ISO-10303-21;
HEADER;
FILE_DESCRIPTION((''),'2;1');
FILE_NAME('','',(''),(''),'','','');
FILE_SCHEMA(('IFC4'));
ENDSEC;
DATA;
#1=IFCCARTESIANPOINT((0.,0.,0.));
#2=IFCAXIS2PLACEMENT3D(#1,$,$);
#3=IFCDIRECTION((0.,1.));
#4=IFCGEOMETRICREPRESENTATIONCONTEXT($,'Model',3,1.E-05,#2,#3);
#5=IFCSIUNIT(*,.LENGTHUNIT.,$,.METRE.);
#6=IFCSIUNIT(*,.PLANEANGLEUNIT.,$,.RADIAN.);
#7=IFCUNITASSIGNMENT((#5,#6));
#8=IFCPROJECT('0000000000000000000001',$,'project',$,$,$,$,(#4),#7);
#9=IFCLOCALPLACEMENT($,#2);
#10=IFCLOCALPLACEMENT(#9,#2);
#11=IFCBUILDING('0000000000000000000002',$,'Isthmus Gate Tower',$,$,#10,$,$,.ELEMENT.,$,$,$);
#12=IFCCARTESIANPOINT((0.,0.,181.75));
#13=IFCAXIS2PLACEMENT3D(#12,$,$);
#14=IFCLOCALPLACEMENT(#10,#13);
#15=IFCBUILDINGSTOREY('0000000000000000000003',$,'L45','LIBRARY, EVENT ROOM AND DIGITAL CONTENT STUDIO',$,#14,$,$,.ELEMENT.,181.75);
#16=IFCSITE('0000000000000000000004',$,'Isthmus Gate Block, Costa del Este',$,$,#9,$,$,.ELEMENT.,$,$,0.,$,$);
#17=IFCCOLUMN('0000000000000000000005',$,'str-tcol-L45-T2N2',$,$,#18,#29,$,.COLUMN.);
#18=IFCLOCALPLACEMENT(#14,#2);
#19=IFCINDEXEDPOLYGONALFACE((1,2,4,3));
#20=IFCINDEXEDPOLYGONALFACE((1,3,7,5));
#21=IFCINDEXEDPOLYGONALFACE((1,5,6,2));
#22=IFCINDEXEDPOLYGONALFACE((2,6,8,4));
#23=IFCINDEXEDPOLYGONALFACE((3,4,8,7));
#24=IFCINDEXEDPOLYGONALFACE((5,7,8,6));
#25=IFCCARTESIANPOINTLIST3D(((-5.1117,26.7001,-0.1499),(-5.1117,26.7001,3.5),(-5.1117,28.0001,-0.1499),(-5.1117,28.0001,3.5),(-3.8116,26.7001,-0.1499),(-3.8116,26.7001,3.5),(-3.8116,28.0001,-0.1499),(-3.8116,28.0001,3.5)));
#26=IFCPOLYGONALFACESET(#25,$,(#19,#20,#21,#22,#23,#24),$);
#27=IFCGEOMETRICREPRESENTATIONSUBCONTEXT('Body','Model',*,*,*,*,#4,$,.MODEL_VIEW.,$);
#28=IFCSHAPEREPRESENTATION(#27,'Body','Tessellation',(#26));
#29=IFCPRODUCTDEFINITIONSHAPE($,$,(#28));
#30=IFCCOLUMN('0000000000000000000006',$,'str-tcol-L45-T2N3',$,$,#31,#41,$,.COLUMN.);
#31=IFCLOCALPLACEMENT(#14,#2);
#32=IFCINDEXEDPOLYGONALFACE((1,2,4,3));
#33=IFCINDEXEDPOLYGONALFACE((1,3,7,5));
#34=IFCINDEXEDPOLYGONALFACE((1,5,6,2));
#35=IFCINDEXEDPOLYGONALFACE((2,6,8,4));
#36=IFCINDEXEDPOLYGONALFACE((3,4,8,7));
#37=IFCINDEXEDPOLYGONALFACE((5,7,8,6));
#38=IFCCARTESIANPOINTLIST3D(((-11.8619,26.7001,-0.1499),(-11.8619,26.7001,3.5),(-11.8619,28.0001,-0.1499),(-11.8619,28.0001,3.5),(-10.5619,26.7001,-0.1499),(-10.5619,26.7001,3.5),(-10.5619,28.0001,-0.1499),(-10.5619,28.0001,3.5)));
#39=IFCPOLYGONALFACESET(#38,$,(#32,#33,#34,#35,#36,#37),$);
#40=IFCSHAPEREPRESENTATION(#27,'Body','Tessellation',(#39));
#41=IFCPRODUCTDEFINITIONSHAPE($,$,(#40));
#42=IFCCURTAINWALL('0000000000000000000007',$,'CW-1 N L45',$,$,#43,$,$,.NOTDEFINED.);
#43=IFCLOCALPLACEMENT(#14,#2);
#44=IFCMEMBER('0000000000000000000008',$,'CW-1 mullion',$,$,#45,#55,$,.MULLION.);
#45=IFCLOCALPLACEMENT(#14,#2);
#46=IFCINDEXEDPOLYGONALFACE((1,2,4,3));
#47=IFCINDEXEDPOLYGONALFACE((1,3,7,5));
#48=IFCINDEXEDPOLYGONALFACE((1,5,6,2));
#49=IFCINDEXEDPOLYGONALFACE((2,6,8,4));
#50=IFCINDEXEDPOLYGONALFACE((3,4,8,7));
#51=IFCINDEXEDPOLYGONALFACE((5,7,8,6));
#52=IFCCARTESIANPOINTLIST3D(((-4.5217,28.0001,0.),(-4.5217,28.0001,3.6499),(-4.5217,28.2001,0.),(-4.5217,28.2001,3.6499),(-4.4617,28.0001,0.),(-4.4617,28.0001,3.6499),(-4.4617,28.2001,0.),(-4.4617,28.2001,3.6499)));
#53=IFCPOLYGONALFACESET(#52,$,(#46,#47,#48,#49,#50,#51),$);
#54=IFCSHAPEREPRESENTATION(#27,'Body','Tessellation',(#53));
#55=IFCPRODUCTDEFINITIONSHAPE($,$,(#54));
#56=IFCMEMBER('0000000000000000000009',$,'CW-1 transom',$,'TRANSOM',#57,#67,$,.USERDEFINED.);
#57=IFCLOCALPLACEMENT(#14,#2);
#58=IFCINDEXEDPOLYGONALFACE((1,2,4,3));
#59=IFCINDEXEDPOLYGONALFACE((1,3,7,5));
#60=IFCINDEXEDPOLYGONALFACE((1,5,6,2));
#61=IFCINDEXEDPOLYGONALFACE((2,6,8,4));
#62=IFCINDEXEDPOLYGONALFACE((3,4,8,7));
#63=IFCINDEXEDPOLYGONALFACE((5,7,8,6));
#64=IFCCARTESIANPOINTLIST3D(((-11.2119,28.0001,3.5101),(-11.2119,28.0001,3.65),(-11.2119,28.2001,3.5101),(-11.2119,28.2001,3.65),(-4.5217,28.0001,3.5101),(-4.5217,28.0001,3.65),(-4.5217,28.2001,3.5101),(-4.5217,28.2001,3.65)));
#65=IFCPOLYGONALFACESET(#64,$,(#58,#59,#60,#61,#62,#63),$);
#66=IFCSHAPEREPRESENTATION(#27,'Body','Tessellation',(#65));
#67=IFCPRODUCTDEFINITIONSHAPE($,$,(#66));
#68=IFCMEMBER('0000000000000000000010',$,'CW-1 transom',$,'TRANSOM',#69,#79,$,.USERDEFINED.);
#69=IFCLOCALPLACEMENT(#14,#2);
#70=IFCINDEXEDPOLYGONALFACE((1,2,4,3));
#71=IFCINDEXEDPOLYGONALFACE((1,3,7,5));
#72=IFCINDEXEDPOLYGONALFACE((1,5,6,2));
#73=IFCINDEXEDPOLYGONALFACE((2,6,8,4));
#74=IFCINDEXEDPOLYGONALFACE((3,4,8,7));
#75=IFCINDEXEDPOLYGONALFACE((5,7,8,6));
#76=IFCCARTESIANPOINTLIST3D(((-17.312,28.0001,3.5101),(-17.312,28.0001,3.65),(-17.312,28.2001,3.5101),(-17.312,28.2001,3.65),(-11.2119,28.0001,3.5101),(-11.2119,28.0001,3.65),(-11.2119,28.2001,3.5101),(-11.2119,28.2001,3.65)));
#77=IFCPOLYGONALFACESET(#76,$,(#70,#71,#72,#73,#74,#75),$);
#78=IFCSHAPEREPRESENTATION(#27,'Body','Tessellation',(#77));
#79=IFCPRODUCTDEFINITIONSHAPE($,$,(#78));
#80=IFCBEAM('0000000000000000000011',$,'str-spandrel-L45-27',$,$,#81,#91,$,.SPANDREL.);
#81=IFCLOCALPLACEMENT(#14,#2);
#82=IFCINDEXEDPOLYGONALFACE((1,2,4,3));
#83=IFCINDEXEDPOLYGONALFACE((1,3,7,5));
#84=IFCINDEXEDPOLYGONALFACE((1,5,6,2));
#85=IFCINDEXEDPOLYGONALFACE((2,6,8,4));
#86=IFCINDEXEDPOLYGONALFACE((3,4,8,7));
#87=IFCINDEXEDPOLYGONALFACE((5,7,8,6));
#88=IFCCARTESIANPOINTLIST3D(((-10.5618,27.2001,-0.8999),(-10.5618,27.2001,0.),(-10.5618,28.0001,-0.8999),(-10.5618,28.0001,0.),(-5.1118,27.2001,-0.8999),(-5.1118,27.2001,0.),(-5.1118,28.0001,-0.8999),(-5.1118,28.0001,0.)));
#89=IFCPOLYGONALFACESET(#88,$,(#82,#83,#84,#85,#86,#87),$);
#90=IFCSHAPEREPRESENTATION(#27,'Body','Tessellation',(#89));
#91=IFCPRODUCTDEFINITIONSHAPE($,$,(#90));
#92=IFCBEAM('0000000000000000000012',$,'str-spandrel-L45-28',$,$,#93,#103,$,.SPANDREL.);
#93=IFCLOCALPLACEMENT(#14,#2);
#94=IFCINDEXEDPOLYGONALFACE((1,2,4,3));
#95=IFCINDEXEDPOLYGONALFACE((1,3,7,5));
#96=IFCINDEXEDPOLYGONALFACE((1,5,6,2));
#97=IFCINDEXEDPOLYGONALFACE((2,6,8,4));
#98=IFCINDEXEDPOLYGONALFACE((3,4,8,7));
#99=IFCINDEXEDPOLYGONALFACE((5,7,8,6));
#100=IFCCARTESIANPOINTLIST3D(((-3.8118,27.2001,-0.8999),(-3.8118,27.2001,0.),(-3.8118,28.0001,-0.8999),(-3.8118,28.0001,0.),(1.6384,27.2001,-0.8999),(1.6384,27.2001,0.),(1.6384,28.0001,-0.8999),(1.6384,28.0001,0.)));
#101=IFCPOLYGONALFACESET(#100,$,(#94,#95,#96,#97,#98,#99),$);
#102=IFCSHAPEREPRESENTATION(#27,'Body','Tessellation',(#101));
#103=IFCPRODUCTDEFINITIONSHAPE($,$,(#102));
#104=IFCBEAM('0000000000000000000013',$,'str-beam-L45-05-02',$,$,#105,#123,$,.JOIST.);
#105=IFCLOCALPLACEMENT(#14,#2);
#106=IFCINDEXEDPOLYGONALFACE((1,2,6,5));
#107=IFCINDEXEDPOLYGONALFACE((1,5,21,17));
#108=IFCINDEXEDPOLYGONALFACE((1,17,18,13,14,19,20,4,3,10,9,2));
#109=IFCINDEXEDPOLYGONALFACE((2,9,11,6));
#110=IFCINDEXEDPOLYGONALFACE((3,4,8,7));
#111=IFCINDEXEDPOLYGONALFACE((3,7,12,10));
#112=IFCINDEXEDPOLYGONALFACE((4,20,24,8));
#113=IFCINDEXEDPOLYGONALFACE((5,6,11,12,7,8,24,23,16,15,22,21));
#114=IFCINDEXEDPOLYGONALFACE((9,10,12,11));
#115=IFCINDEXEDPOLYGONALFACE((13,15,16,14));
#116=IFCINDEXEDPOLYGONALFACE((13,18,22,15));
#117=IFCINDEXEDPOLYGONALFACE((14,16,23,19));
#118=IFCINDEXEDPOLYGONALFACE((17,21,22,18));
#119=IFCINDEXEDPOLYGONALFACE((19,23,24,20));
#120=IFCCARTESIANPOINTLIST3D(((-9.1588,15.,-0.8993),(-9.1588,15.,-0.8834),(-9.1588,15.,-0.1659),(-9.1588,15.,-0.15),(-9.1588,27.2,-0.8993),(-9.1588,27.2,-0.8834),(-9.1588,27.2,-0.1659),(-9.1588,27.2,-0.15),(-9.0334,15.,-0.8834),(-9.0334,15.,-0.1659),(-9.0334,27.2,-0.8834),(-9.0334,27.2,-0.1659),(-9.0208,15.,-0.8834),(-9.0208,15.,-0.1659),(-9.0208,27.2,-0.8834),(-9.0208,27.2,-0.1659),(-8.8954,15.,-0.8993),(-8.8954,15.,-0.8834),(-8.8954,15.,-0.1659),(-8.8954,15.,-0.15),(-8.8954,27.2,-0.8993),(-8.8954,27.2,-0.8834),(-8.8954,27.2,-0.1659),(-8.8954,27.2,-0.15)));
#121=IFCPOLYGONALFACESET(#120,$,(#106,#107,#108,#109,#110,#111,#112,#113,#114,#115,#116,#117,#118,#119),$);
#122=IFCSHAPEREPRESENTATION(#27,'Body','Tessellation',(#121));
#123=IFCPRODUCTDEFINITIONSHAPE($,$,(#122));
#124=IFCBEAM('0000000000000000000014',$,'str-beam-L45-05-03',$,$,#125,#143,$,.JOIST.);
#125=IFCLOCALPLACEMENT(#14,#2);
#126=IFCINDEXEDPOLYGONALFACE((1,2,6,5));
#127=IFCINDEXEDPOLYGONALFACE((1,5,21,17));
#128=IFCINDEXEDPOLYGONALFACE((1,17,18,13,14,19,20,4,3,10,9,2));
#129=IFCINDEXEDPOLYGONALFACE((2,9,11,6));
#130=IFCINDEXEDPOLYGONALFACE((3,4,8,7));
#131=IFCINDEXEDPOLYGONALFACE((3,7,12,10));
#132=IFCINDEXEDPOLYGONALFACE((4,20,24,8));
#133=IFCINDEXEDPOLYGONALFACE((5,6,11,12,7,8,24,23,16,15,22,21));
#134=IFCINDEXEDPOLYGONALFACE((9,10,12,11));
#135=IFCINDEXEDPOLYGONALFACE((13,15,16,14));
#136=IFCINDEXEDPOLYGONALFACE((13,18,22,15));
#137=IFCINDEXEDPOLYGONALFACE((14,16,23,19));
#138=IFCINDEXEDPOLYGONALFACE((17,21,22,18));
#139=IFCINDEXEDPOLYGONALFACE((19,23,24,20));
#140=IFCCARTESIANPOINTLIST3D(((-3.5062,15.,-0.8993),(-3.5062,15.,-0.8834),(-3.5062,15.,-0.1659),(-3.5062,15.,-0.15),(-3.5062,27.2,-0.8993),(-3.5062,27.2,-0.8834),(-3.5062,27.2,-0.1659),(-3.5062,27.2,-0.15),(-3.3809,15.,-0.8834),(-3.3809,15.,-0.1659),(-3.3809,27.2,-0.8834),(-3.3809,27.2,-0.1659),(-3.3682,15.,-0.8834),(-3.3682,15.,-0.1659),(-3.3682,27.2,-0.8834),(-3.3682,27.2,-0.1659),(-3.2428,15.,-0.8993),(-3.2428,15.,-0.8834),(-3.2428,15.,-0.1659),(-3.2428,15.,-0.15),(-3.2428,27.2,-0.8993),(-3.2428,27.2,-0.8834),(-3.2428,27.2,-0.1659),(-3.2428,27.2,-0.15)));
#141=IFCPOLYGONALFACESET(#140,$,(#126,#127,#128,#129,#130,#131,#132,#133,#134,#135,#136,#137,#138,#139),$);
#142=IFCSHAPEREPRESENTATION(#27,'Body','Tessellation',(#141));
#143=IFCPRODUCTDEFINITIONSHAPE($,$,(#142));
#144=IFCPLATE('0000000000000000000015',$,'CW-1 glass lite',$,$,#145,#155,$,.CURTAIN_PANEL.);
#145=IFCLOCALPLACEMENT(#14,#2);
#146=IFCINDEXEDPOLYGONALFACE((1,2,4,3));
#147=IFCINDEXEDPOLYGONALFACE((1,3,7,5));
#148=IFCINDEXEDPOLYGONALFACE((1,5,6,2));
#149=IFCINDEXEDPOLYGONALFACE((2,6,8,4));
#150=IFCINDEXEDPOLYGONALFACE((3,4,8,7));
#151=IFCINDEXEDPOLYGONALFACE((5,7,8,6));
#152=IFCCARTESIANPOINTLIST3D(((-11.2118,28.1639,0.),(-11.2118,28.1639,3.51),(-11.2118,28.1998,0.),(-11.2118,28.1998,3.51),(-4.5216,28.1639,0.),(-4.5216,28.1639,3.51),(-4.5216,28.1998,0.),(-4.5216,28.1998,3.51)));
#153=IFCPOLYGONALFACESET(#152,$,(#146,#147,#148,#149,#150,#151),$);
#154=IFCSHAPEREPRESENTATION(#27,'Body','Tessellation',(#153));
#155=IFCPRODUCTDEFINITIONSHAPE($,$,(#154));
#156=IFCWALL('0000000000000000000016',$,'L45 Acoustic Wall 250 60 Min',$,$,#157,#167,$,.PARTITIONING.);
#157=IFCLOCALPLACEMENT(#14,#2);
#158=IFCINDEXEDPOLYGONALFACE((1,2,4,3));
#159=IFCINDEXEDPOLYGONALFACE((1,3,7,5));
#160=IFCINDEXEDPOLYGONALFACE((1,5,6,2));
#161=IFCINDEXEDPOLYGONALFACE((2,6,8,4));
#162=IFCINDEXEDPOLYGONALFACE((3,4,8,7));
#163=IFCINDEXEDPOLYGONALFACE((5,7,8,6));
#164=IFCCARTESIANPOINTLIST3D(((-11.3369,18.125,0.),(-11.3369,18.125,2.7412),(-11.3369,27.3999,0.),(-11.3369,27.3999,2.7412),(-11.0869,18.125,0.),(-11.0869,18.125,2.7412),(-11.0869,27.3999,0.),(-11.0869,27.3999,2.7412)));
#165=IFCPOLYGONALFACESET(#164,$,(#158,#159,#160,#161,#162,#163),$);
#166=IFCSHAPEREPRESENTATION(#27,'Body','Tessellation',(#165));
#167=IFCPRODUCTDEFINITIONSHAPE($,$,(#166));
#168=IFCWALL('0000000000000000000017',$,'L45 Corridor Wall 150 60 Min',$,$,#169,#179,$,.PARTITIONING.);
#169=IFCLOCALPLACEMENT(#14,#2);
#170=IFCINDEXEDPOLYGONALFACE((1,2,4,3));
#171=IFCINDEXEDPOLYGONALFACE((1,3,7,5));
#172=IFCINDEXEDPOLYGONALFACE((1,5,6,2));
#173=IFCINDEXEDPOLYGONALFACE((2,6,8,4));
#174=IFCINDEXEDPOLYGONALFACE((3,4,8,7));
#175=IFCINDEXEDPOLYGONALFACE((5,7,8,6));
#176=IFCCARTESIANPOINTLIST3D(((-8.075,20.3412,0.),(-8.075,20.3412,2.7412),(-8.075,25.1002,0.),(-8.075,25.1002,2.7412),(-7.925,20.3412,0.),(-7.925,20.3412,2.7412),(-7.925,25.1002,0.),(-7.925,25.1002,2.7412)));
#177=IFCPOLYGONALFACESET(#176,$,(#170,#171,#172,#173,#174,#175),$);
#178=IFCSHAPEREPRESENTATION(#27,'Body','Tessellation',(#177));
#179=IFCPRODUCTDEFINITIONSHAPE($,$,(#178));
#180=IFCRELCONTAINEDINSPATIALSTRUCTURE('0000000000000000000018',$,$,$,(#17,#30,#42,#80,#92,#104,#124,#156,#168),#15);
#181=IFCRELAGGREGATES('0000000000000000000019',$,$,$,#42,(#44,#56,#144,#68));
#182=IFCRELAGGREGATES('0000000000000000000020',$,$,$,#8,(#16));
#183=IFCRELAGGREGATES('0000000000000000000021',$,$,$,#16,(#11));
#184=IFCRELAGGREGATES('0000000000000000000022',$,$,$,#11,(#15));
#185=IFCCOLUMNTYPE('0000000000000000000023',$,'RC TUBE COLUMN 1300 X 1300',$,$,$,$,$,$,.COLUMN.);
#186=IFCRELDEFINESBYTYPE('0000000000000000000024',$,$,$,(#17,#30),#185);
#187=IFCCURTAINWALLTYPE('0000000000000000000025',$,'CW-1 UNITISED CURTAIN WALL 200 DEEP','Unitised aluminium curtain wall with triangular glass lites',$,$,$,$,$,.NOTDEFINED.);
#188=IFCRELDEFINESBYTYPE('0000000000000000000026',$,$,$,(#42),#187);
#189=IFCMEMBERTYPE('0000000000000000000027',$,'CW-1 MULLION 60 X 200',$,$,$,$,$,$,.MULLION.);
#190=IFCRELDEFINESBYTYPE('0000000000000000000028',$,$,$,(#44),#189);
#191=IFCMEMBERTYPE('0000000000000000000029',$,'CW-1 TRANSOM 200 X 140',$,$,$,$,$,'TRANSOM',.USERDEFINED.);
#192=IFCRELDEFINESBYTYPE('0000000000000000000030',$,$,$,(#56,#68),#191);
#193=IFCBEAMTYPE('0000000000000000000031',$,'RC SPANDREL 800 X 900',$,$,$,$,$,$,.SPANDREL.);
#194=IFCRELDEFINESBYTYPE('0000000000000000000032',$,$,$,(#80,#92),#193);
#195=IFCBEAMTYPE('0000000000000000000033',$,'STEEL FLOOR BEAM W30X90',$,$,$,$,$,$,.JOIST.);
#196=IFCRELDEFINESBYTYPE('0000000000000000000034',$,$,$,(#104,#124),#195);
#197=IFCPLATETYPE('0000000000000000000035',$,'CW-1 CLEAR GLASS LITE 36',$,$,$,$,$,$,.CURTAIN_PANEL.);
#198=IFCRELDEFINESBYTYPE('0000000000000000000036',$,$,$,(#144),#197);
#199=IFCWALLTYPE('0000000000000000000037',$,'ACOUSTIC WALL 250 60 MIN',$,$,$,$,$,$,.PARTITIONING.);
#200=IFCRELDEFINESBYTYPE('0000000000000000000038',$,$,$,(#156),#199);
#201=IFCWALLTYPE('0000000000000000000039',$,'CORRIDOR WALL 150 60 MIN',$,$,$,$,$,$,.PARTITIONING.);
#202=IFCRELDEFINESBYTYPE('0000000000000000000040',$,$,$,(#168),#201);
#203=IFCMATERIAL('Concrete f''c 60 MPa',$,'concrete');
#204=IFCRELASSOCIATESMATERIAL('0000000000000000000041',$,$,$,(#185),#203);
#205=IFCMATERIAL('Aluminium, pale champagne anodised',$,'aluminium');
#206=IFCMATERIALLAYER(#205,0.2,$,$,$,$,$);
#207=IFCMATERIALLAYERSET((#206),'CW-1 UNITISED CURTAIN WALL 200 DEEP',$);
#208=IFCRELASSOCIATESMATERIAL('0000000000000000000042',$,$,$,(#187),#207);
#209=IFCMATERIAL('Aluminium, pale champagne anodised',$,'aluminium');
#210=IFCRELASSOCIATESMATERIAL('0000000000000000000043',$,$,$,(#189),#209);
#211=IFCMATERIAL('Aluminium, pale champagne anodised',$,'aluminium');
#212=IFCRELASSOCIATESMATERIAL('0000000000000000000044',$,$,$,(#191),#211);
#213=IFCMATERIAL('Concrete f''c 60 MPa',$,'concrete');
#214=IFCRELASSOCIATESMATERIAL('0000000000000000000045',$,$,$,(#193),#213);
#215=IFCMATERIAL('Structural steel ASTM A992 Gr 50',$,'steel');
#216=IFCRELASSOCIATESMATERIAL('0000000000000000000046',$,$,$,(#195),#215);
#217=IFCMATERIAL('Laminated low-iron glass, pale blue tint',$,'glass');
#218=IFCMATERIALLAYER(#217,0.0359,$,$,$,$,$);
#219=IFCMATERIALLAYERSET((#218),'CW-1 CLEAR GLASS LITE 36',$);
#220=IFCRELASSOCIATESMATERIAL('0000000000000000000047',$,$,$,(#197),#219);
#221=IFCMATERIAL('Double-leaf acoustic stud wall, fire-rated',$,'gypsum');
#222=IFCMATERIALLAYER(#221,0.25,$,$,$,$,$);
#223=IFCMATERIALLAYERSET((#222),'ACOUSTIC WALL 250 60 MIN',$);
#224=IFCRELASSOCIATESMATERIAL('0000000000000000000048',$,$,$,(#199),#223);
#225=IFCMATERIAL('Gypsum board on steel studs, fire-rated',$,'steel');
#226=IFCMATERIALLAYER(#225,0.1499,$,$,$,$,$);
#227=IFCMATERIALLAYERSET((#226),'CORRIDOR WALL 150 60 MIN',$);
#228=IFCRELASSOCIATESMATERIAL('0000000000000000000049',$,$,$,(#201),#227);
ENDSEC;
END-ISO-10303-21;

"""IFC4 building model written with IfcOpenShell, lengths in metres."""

from ifc_helpers import new_model, si_unit, direction, frame, frame_2d, origin, origin_2d, place, context, subcontext, project, spatial, rectangle, i_section, extrude, material, layer, layer_set, material_profile, profile_set, type_object, element, aggregate, save


model = new_model("IFC4")

# Units and contexts
model_context = context("Model", 3, precision=1e-05, world=origin(), true_north=direction((0.0, 1.0)))
body_context = subcontext(model_context, "Body", "Model", "MODEL_VIEW")
ifc_project = project(units=[si_unit("LENGTHUNIT", "METRE"), si_unit("PLANEANGLEUNIT", "RADIAN")], contexts=[model_context])

# Site, building, storey
site_placement = place(None, origin())
site = spatial("IfcSite", under=ifc_project, at=site_placement, Name="Isthmus Gate Block, Costa del Este", CompositionType="ELEMENT", RefElevation=0.0)
building_placement = place(site_placement, origin())
building = spatial("IfcBuilding", under=site, at=building_placement, Name="Isthmus Gate Tower", CompositionType="ELEMENT")
storey_placement = place(building_placement, frame((0.0, 0.0, 181.75)))
storey = spatial("IfcBuildingStorey", under=building, at=storey_placement, Name="L45", Description="LIBRARY, EVENT ROOM AND DIGITAL CONTENT STUDIO", CompositionType="ELEMENT", Elevation=181.75)

# Columns
ifc_material_1 = material(Name="Concrete f'c 60 MPa", Category="concrete")
ifc_material_profile_1 = material_profile(ifc_material_1, rectangle(XDim=1.3, YDim=1.3, at=origin_2d()), Name="RC 1300X1300")
ifc_profile_set_1 = profile_set([ifc_material_profile_1], Name="Concrete f'c 60 MPa")
column_type = type_object("IfcColumnType", Name="RC TUBE COLUMN 1300 X 1300", PredefinedType="COLUMN", material=ifc_profile_set_1)
for number, where, z_axis, x_axis, name in (
    (1, (-4.4617, 27.3501, -0.1499), (0.0, 0.0, 1.0), (-1.0, 0.0, 0.0), "str-tcol-L45-T2N2"),
    (2, (-11.2119, 27.3501, -0.1499), (0.0, 0.0, 1.0), (-1.0, 0.0, 0.0), "str-tcol-L45-T2N3"),
):
    element("IfcColumn", number, at=place(storey_placement, frame(where, z_axis=z_axis, x_axis=x_axis)), inside=storey, type_object=column_type, Name=name, PredefinedType="COLUMN", context=body_context, shape_type="SweptSolid", body=[
        extrude(rectangle(XDim=1.3, YDim=1.3, at=origin_2d()), origin(), (0.0, 0.0, 1.0), 3.6499),
    ])

# Curtain wall, members
ifc_material_2 = material(Name="Aluminium, pale champagne anodised", Category="aluminium")
ifc_layer_1 = layer(ifc_material_2, 0.2)
ifc_layer_set_1 = layer_set([ifc_layer_1], Name="CW-1 UNITISED CURTAIN WALL 200 DEEP")
curtain_wall_type = type_object("IfcCurtainWallType", Name="CW-1 UNITISED CURTAIN WALL 200 DEEP", Description="Unitised aluminium curtain wall with triangular glass lites", PredefinedType="NOTDEFINED", material=ifc_layer_set_1)
curtain_wall_placement = place(storey_placement, origin())
curtain_wall = element("IfcCurtainWall", 3, at=curtain_wall_placement, inside=storey, type_object=curtain_wall_type, Name="CW-1 N L45", PredefinedType="NOTDEFINED")
ifc_material_3 = material(Name="Aluminium, pale champagne anodised", Category="aluminium")
ifc_material_profile_2 = material_profile(ifc_material_3, rectangle(XDim=0.0601, YDim=0.2, at=origin_2d()), Name="60x200")
ifc_profile_set_2 = profile_set([ifc_material_profile_2], Name="Aluminium, pale champagne anodised")
member_type_1 = type_object("IfcMemberType", Name="CW-1 MULLION 60 X 200", PredefinedType="MULLION", material=ifc_profile_set_2)
member_1_placement = place(storey_placement, frame((-4.4917, 28.1001, 0.0), z_axis=(0.0, 0.0, 1.0), x_axis=(-1.0, 0.0, 0.0)))
member_1 = element("IfcMember", 4, at=member_1_placement, type_object=member_type_1, Name="CW-1 mullion", PredefinedType="MULLION", context=body_context, shape_type="SweptSolid", body=[
    extrude(rectangle(XDim=0.0601, YDim=0.2, at=origin_2d()), origin(), (0.0, 0.0, 1.0), 3.6499),
])
ifc_material_4 = material(Name="Aluminium, pale champagne anodised", Category="aluminium")
ifc_material_profile_3 = material_profile(ifc_material_4, rectangle(XDim=0.2, YDim=0.1399, at=origin_2d()), Name="200x140")
ifc_profile_set_3 = profile_set([ifc_material_profile_3], Name="Aluminium, pale champagne anodised")
member_type_2 = type_object("IfcMemberType", Name="CW-1 TRANSOM 200 X 140", ElementType="TRANSOM", PredefinedType="USERDEFINED", material=ifc_profile_set_3)
member_2_placement = place(storey_placement, frame((-4.5217, 28.1001, 3.5801), z_axis=(-1.0, 0.0, 0.0), x_axis=(0.0, -1.0, 0.0)))
member_2 = element("IfcMember", 5, at=member_2_placement, type_object=member_type_2, Name="CW-1 transom", ObjectType="TRANSOM", PredefinedType="USERDEFINED", context=body_context, shape_type="SweptSolid", body=[
    extrude(rectangle(XDim=0.2, YDim=0.1399, at=origin_2d()), origin(), (0.0, 0.0, 1.0), 6.6902),
])
member_3_placement = place(storey_placement, frame((-11.2119, 28.1001, 3.5801), z_axis=(-1.0, 0.0, 0.0), x_axis=(0.0, -1.0, 0.0)))
member_3 = element("IfcMember", 6, at=member_3_placement, type_object=member_type_2, Name="CW-1 transom", ObjectType="TRANSOM", PredefinedType="USERDEFINED", context=body_context, shape_type="SweptSolid", body=[
    extrude(rectangle(XDim=0.2, YDim=0.1399, at=origin_2d()), origin(), (0.0, 0.0, 1.0), 6.1001),
])

# Beams
ifc_material_5 = material(Name="Concrete f'c 60 MPa", Category="concrete")
ifc_material_profile_4 = material_profile(ifc_material_5, rectangle(XDim=0.8, YDim=0.8999, at=origin_2d()), Name="RC 800X900")
ifc_profile_set_4 = profile_set([ifc_material_profile_4], Name="Concrete f'c 60 MPa")
beam_type_1 = type_object("IfcBeamType", Name="RC SPANDREL 800 X 900", PredefinedType="SPANDREL", material=ifc_profile_set_4)
beam_1_placement = place(storey_placement, frame((-10.5618, 27.6001, -0.45), z_axis=(1.0, 0.0, 0.0), x_axis=(0.0, 1.0, 0.0)))
element("IfcBeam", 7, at=beam_1_placement, inside=storey, type_object=beam_type_1, Name="str-spandrel-L45-27", PredefinedType="SPANDREL", context=body_context, shape_type="SweptSolid", body=[
    extrude(rectangle(XDim=0.8, YDim=0.8999, at=origin_2d()), origin(), (0.0, 0.0, 1.0), 5.45),
])
beam_2_placement = place(storey_placement, frame((-3.8118, 27.6001, -0.45), z_axis=(1.0, 0.0, 0.0), x_axis=(0.0, 1.0, 0.0)))
element("IfcBeam", 8, at=beam_2_placement, inside=storey, type_object=beam_type_1, Name="str-spandrel-L45-28", PredefinedType="SPANDREL", context=body_context, shape_type="SweptSolid", body=[
    extrude(rectangle(XDim=0.8, YDim=0.8999, at=origin_2d()), origin(), (0.0, 0.0, 1.0), 5.4502),
])
ifc_material_6 = material(Name="Structural steel ASTM A992 Gr 50", Category="steel")
ifc_material_profile_5 = material_profile(ifc_material_6, i_section(OverallWidth=0.2634, OverallDepth=0.7493, WebThickness=0.0127, FlangeThickness=0.0159, at=origin_2d()), Name="W30X90")
ifc_profile_set_5 = profile_set([ifc_material_profile_5], Name="Structural steel ASTM A992 Gr 50")
beam_type_2 = type_object("IfcBeamType", Name="STEEL FLOOR BEAM W30X90", PredefinedType="JOIST", material=ifc_profile_set_5)
for number, where, z_axis, x_axis, name in (
    (9, (-9.0271, 15.0, -0.5247), (0.0, 1.0, 0.0), (-1.0, 0.0, 0.0), "str-beam-L45-05-02"),
    (10, (-3.3745, 15.0, -0.5247), (0.0, 1.0, 0.0), (-1.0, 0.0, 0.0), "str-beam-L45-05-03"),
):
    element("IfcBeam", number, at=place(storey_placement, frame(where, z_axis=z_axis, x_axis=x_axis)), inside=storey, type_object=beam_type_2, Name=name, PredefinedType="JOIST", context=body_context, shape_type="SweptSolid", body=[
        extrude(i_section(OverallWidth=0.2634, OverallDepth=0.7493, WebThickness=0.0127, FlangeThickness=0.0159, at=origin_2d()), origin(), (0.0, 0.0, 1.0), 12.2),
    ])

# Plate
ifc_material_7 = material(Name="Laminated low-iron glass, pale blue tint", Category="glass")
ifc_layer_2 = layer(ifc_material_7, 0.0359)
ifc_layer_set_2 = layer_set([ifc_layer_2], Name="CW-1 CLEAR GLASS LITE 36")
plate_type = type_object("IfcPlateType", Name="CW-1 CLEAR GLASS LITE 36", PredefinedType="CURTAIN_PANEL", material=ifc_layer_set_2)
plate_placement = place(storey_placement, frame((-7.8667, 28.1819, 0.0), z_axis=(0.0, 0.0, 1.0), x_axis=(-1.0, 0.0, 0.0)))
plate = element("IfcPlate", 11, at=plate_placement, type_object=plate_type, Name="CW-1 glass lite", PredefinedType="CURTAIN_PANEL", context=body_context, shape_type="SweptSolid", body=[
    extrude(rectangle(XDim=6.6902, YDim=0.0359, at=origin_2d()), origin(), (0.0, 0.0, 1.0), 3.51),
])
aggregate(curtain_wall, [member_1, member_2, plate, member_3])

# Walls
ifc_material_8 = material(Name="Double-leaf acoustic stud wall, fire-rated", Category="gypsum")
ifc_layer_3 = layer(ifc_material_8, 0.25)
ifc_layer_set_3 = layer_set([ifc_layer_3], Name="ACOUSTIC WALL 250 60 MIN")
wall_type_1 = type_object("IfcWallType", Name="ACOUSTIC WALL 250 60 MIN", PredefinedType="PARTITIONING", material=ifc_layer_set_3)
wall_1_placement = place(storey_placement, frame((-11.2119, 18.125, 0.0), z_axis=(0.0, 0.0, 1.0), x_axis=(0.0, 1.0, 0.0)))
element("IfcWall", 12, at=wall_1_placement, inside=storey, type_object=wall_type_1, Name="L45 Acoustic Wall 250 60 Min", PredefinedType="PARTITIONING", context=body_context, shape_type="SweptSolid", body=[
    extrude(rectangle(XDim=9.2749, YDim=0.25, at=frame_2d((4.6375, 0.0))), origin(), (0.0, 0.0, 1.0), 2.7412),
])
ifc_material_9 = material(Name="Gypsum board on steel studs, fire-rated", Category="steel")
ifc_layer_4 = layer(ifc_material_9, 0.1499)
ifc_layer_set_4 = layer_set([ifc_layer_4], Name="CORRIDOR WALL 150 60 MIN")
wall_type_2 = type_object("IfcWallType", Name="CORRIDOR WALL 150 60 MIN", PredefinedType="PARTITIONING", material=ifc_layer_set_4)
wall_2_placement = place(storey_placement, frame((-8.0, 25.1001, 0.0), z_axis=(0.0, 0.0, 1.0), x_axis=(0.0, -1.0, 0.0)))
element("IfcWall", 13, at=wall_2_placement, inside=storey, type_object=wall_type_2, Name="L45 Corridor Wall 150 60 Min", PredefinedType="PARTITIONING", context=body_context, shape_type="SweptSolid", body=[
    extrude(rectangle(XDim=4.759, YDim=0.1499, at=frame_2d((2.3794, 0.0))), origin(), (0.0, 0.0, 1.0), 2.7412),
])

save(model, "model.ifc")
